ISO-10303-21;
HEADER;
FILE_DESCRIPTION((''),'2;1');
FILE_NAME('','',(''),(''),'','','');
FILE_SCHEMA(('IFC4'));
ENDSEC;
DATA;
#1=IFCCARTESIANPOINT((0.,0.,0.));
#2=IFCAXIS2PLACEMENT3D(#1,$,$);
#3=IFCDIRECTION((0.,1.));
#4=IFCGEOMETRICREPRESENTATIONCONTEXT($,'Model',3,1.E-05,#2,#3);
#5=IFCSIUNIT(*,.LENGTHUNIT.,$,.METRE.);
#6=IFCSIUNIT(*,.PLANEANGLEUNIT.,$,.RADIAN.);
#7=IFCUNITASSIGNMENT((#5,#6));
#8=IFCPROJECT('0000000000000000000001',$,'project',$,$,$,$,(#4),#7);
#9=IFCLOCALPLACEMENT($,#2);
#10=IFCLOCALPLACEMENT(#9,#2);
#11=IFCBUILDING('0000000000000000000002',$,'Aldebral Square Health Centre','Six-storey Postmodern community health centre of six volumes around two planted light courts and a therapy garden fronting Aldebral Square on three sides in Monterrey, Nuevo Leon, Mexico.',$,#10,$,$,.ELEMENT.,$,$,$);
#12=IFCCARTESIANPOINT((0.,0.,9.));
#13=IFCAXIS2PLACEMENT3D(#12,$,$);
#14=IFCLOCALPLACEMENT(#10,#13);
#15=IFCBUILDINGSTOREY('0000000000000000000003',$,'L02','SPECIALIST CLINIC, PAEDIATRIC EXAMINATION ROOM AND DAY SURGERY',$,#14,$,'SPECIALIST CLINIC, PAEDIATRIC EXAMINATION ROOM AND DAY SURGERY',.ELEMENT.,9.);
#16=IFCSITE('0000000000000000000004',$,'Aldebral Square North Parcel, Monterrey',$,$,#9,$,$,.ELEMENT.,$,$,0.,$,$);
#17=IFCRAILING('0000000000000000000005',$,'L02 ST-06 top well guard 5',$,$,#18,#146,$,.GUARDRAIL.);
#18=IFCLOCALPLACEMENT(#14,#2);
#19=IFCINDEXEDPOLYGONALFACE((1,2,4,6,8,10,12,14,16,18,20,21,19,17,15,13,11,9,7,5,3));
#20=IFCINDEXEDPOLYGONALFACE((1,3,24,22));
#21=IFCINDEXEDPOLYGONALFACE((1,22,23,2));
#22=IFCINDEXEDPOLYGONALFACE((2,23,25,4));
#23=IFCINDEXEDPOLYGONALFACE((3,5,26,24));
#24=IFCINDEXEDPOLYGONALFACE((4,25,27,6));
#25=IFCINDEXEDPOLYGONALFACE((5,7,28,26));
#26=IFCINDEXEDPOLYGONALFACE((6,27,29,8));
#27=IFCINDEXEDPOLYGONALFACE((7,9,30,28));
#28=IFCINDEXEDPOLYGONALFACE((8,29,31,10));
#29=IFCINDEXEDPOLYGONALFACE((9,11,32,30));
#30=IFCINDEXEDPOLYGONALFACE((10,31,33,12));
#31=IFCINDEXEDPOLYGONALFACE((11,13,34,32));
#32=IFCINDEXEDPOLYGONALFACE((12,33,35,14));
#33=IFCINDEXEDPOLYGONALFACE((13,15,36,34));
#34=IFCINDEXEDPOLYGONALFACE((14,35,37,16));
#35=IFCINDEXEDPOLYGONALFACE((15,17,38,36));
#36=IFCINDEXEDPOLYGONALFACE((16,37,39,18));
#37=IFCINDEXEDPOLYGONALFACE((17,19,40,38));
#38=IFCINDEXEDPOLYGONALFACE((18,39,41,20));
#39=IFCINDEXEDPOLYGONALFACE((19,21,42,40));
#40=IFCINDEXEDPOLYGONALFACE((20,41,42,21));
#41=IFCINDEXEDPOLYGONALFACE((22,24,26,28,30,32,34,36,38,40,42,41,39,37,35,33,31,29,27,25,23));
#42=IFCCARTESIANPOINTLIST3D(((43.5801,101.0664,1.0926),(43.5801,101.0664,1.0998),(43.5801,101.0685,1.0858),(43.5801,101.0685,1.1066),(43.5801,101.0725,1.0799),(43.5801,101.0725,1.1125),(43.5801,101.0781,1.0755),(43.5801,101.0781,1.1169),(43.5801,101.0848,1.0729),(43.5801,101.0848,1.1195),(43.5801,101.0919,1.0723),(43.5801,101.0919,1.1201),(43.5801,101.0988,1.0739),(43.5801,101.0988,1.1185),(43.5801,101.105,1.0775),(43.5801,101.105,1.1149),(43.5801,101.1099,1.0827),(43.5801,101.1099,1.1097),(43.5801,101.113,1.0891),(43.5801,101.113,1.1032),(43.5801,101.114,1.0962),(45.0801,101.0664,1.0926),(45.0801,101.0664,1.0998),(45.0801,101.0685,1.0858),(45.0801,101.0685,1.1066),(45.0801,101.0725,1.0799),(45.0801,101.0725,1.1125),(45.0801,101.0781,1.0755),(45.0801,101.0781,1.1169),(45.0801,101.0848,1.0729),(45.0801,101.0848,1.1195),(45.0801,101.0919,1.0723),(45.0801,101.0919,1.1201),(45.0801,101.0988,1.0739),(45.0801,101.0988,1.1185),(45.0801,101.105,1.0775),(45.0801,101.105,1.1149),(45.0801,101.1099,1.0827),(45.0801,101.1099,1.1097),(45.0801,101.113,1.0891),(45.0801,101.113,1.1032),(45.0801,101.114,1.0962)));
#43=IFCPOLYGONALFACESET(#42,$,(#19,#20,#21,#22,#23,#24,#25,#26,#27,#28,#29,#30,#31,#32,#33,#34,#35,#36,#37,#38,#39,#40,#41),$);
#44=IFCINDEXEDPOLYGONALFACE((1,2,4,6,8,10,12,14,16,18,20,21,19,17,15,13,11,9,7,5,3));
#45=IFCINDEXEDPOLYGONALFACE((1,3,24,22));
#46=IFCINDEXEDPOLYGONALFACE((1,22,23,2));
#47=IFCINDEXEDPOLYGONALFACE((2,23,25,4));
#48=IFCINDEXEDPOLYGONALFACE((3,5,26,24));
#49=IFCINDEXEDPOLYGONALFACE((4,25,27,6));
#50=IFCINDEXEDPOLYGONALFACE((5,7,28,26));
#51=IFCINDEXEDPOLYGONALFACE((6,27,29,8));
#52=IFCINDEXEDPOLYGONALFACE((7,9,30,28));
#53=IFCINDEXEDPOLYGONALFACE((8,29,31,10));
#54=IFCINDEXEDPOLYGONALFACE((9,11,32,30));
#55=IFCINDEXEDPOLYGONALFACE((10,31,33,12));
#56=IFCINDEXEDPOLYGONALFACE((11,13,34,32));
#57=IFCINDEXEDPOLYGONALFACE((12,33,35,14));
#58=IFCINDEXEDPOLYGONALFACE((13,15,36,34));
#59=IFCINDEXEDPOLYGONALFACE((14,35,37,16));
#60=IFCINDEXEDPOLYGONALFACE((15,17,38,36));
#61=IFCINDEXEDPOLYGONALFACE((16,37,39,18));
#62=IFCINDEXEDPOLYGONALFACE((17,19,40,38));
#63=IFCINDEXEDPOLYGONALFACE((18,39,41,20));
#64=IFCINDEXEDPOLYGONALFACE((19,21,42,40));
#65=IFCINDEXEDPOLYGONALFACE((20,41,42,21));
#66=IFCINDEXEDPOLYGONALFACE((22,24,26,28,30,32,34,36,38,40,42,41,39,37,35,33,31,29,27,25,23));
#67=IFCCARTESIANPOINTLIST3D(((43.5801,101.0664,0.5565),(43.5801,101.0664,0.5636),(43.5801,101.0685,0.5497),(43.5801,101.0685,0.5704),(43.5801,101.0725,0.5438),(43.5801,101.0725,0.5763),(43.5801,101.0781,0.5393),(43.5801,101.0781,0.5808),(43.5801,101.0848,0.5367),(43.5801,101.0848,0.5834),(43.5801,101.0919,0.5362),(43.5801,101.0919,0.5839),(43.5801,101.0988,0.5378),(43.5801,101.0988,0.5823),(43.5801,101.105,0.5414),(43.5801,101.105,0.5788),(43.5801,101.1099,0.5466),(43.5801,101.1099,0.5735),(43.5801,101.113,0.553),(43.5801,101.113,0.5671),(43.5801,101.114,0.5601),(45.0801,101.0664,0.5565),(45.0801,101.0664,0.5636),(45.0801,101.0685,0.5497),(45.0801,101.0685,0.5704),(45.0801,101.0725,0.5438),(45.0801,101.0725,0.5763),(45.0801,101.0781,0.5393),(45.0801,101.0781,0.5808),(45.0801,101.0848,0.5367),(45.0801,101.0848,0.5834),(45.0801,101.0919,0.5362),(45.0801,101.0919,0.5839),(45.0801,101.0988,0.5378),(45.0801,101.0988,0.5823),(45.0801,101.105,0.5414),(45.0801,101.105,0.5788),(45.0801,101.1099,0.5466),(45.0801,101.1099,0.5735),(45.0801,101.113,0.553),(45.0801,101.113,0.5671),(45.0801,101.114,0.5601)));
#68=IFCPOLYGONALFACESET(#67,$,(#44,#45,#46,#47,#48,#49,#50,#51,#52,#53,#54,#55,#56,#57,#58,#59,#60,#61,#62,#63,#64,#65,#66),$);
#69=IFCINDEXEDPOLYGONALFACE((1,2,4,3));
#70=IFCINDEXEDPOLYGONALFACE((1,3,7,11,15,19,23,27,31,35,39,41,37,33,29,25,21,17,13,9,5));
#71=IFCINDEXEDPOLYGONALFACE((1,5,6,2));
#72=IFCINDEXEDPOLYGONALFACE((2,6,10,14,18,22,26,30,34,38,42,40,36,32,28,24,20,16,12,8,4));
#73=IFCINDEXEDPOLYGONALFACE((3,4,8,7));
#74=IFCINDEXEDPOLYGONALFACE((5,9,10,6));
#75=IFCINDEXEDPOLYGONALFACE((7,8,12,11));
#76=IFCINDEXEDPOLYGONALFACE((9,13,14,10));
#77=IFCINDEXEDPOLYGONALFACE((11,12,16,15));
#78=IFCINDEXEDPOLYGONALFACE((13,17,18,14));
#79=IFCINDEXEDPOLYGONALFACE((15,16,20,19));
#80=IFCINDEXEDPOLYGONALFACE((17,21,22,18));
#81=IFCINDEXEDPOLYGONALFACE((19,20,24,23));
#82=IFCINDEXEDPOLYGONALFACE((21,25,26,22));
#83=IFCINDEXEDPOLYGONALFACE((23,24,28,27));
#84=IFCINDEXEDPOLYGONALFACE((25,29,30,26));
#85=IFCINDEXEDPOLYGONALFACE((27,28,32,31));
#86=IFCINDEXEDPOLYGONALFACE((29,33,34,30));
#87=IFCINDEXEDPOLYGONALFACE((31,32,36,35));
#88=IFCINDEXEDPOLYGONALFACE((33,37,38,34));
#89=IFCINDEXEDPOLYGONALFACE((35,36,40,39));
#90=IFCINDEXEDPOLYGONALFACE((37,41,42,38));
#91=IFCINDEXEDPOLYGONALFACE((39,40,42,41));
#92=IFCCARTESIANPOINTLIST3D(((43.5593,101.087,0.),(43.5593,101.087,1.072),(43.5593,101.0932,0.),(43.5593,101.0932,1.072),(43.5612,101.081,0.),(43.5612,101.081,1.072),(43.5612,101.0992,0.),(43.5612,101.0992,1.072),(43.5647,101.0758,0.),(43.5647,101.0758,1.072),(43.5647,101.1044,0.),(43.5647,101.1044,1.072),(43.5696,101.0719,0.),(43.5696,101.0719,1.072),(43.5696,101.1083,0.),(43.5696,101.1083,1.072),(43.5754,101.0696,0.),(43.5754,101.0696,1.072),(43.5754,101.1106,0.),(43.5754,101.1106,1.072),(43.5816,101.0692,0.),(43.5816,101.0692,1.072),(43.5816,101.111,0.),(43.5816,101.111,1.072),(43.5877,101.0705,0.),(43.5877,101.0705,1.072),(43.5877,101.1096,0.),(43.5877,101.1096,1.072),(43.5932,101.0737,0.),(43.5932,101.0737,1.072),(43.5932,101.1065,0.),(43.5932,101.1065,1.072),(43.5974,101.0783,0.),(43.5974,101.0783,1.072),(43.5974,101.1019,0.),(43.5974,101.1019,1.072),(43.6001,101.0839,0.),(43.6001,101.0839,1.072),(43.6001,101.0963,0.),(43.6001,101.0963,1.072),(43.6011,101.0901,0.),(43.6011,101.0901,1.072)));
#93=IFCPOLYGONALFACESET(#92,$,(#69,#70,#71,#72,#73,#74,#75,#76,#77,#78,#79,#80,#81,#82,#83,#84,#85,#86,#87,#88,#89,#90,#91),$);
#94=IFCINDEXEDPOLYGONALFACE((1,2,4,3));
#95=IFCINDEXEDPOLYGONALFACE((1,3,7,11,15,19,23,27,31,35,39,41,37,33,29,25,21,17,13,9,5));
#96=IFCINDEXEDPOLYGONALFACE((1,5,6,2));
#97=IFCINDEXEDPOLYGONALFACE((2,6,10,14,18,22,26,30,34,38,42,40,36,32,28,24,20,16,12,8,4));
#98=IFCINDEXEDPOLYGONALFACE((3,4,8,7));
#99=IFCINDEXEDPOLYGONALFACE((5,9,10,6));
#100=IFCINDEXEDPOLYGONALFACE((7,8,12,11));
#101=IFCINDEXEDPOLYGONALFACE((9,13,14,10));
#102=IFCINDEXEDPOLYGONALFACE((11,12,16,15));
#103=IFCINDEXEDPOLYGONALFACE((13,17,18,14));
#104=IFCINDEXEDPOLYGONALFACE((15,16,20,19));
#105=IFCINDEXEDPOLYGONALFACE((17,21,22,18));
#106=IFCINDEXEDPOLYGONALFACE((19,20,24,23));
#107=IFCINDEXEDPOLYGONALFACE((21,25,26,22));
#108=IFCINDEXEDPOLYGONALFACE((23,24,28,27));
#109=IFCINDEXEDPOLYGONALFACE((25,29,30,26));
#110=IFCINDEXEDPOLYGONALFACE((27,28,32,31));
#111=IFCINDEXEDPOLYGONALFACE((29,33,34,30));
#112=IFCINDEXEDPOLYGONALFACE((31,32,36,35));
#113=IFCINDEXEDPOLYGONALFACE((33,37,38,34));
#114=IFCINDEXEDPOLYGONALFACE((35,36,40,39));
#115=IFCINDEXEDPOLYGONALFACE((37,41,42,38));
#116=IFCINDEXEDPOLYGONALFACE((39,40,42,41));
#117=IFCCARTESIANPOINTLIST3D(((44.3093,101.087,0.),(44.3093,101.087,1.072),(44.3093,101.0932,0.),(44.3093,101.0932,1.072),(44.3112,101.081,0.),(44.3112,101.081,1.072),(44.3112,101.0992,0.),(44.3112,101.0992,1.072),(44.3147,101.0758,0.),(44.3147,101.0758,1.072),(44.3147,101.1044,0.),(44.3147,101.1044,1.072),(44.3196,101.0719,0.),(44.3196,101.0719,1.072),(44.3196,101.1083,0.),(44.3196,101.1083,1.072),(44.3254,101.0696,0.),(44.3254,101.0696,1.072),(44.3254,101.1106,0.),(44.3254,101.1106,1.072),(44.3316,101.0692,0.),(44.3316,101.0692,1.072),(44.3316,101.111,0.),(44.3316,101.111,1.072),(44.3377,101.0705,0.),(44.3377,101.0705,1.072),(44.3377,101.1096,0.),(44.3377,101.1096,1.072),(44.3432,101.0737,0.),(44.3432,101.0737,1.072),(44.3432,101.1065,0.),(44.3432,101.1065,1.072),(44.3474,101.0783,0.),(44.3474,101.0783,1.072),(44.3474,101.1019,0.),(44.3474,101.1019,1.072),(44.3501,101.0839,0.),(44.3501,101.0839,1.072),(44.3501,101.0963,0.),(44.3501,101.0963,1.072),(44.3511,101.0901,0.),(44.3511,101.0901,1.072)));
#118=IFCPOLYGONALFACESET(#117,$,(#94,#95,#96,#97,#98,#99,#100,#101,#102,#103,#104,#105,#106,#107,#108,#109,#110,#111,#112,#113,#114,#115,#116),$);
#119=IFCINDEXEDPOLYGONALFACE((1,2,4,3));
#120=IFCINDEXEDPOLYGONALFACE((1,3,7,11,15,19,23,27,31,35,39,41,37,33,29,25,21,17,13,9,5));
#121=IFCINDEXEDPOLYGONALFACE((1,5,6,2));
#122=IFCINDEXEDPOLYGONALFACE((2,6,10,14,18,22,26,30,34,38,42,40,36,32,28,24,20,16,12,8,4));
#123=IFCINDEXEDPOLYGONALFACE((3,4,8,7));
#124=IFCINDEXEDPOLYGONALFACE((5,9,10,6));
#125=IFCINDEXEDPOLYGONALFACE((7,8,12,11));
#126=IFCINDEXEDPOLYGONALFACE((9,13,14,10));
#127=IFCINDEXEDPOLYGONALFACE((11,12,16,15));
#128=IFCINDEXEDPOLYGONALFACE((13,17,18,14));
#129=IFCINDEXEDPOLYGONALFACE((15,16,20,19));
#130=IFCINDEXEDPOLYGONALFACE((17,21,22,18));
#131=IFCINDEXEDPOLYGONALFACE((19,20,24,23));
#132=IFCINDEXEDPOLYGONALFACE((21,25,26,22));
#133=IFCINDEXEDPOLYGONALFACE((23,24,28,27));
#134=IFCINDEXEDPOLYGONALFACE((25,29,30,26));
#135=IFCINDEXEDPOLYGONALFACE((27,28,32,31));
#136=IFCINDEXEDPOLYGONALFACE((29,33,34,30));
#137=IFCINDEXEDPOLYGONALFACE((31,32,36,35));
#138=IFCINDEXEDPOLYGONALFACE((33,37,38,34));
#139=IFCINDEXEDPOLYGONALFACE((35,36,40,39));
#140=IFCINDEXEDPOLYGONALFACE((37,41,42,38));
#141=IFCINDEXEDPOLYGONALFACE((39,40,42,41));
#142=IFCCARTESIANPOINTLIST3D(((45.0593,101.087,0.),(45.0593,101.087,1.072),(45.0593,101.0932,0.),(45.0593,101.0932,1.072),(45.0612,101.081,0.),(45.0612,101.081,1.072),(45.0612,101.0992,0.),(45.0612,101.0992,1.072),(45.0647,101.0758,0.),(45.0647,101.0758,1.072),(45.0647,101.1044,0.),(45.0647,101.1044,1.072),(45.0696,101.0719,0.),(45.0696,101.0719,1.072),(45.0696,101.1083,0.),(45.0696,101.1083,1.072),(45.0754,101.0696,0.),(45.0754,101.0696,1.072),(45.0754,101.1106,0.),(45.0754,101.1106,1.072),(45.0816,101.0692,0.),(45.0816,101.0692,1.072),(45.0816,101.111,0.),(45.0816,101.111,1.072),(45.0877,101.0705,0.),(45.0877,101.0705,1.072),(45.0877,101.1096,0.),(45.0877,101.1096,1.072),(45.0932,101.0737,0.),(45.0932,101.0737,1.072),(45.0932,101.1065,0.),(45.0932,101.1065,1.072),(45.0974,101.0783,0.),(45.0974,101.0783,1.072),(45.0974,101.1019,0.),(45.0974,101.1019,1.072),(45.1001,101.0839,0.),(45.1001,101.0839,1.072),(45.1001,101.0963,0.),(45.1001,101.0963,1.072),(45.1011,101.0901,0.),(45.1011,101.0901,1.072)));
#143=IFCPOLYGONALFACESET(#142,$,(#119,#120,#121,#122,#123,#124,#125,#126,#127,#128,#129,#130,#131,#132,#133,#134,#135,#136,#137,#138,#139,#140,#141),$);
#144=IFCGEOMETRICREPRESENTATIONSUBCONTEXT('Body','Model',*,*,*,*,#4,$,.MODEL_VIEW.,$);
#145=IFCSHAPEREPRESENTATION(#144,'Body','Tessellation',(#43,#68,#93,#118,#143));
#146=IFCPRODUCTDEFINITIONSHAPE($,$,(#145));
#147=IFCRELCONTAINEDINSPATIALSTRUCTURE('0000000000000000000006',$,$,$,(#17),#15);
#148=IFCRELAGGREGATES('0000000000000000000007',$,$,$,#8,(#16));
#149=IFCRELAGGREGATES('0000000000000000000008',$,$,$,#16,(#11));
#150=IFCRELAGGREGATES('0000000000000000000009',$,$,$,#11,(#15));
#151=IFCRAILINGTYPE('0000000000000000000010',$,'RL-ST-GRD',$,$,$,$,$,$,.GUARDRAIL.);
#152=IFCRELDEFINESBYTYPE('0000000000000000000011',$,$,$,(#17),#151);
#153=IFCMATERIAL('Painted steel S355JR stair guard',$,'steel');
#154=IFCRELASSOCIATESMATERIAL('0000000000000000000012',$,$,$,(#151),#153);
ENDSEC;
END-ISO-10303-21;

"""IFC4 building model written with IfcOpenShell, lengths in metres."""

from ifc_helpers import new_model, si_unit, direction, frame, origin, origin_2d, place, context, subcontext, project, spatial, circle, extrude, material, type_object, element, save


model = new_model("IFC4")

# Units and contexts
model_context = context("Model", 3, precision=1e-05, world=origin(), true_north=direction((0.0, 1.0)))
body_context = subcontext(model_context, "Body", "Model", "MODEL_VIEW")
ifc_project = project(units=[si_unit("LENGTHUNIT", "METRE"), si_unit("PLANEANGLEUNIT", "RADIAN")], contexts=[model_context])

# Site, building, storey
site_placement = place(None, origin())
site = spatial("IfcSite", under=ifc_project, at=site_placement, Name="Aldebral Square North Parcel, Monterrey", CompositionType="ELEMENT", RefElevation=0.0)
building_placement = place(site_placement, origin())
building = spatial("IfcBuilding", under=site, at=building_placement, Name="Aldebral Square Health Centre", Description="Six-storey Postmodern community health centre of six volumes around two planted light courts and a therapy garden fronting Aldebral Square on three sides in Monterrey, Nuevo Leon, Mexico.", CompositionType="ELEMENT")
storey_placement = place(building_placement, frame((0.0, 0.0, 9.0)))
storey = spatial("IfcBuildingStorey", under=building, at=storey_placement, Name="L02", Description="SPECIALIST CLINIC, PAEDIATRIC EXAMINATION ROOM AND DAY SURGERY", LongName="SPECIALIST CLINIC, PAEDIATRIC EXAMINATION ROOM AND DAY SURGERY", CompositionType="ELEMENT", Elevation=9.0)

# Railing
ifc_material_1 = material(Name="Painted steel S355JR stair guard", Category="steel")
railing_type = type_object("IfcRailingType", Name="RL-ST-GRD", PredefinedType="GUARDRAIL", material=ifc_material_1)
railing_1_placement = place(storey_placement, frame((43.5801, 101.0901, 0.0)))
element("IfcRailing", 1, at=railing_1_placement, inside=storey, type_object=railing_type, Name="L02 ST-06 top well guard 5", PredefinedType="GUARDRAIL", context=body_context, shape_type="SweptSolid", body=[
    extrude(circle(Radius=0.0239, at=origin_2d()), frame((0.0, 0.0, 1.0962), z_axis=(1.0, 0.0, 0.0), x_axis=(0.0, 1.0, 0.0)), (0.0, 0.0, 1.0), 1.5),
    extrude(circle(Radius=0.0239, at=origin_2d()), frame((0.0, 0.0, 0.5601), z_axis=(1.0, 0.0, 0.0), x_axis=(0.0, 1.0, 0.0)), (0.0, 0.0, 1.0), 1.5),
    extrude(circle(Radius=0.021, at=origin_2d()), origin(), (0.0, 0.0, 1.0), 1.072),
    extrude(circle(Radius=0.021, at=origin_2d()), frame((0.75, 0.0, 0.0)), (0.0, 0.0, 1.0), 1.072),
    extrude(circle(Radius=0.021, at=origin_2d()), frame((1.5, 0.0, 0.0)), (0.0, 0.0, 1.0), 1.072),
])

save(model, "model.ifc")
